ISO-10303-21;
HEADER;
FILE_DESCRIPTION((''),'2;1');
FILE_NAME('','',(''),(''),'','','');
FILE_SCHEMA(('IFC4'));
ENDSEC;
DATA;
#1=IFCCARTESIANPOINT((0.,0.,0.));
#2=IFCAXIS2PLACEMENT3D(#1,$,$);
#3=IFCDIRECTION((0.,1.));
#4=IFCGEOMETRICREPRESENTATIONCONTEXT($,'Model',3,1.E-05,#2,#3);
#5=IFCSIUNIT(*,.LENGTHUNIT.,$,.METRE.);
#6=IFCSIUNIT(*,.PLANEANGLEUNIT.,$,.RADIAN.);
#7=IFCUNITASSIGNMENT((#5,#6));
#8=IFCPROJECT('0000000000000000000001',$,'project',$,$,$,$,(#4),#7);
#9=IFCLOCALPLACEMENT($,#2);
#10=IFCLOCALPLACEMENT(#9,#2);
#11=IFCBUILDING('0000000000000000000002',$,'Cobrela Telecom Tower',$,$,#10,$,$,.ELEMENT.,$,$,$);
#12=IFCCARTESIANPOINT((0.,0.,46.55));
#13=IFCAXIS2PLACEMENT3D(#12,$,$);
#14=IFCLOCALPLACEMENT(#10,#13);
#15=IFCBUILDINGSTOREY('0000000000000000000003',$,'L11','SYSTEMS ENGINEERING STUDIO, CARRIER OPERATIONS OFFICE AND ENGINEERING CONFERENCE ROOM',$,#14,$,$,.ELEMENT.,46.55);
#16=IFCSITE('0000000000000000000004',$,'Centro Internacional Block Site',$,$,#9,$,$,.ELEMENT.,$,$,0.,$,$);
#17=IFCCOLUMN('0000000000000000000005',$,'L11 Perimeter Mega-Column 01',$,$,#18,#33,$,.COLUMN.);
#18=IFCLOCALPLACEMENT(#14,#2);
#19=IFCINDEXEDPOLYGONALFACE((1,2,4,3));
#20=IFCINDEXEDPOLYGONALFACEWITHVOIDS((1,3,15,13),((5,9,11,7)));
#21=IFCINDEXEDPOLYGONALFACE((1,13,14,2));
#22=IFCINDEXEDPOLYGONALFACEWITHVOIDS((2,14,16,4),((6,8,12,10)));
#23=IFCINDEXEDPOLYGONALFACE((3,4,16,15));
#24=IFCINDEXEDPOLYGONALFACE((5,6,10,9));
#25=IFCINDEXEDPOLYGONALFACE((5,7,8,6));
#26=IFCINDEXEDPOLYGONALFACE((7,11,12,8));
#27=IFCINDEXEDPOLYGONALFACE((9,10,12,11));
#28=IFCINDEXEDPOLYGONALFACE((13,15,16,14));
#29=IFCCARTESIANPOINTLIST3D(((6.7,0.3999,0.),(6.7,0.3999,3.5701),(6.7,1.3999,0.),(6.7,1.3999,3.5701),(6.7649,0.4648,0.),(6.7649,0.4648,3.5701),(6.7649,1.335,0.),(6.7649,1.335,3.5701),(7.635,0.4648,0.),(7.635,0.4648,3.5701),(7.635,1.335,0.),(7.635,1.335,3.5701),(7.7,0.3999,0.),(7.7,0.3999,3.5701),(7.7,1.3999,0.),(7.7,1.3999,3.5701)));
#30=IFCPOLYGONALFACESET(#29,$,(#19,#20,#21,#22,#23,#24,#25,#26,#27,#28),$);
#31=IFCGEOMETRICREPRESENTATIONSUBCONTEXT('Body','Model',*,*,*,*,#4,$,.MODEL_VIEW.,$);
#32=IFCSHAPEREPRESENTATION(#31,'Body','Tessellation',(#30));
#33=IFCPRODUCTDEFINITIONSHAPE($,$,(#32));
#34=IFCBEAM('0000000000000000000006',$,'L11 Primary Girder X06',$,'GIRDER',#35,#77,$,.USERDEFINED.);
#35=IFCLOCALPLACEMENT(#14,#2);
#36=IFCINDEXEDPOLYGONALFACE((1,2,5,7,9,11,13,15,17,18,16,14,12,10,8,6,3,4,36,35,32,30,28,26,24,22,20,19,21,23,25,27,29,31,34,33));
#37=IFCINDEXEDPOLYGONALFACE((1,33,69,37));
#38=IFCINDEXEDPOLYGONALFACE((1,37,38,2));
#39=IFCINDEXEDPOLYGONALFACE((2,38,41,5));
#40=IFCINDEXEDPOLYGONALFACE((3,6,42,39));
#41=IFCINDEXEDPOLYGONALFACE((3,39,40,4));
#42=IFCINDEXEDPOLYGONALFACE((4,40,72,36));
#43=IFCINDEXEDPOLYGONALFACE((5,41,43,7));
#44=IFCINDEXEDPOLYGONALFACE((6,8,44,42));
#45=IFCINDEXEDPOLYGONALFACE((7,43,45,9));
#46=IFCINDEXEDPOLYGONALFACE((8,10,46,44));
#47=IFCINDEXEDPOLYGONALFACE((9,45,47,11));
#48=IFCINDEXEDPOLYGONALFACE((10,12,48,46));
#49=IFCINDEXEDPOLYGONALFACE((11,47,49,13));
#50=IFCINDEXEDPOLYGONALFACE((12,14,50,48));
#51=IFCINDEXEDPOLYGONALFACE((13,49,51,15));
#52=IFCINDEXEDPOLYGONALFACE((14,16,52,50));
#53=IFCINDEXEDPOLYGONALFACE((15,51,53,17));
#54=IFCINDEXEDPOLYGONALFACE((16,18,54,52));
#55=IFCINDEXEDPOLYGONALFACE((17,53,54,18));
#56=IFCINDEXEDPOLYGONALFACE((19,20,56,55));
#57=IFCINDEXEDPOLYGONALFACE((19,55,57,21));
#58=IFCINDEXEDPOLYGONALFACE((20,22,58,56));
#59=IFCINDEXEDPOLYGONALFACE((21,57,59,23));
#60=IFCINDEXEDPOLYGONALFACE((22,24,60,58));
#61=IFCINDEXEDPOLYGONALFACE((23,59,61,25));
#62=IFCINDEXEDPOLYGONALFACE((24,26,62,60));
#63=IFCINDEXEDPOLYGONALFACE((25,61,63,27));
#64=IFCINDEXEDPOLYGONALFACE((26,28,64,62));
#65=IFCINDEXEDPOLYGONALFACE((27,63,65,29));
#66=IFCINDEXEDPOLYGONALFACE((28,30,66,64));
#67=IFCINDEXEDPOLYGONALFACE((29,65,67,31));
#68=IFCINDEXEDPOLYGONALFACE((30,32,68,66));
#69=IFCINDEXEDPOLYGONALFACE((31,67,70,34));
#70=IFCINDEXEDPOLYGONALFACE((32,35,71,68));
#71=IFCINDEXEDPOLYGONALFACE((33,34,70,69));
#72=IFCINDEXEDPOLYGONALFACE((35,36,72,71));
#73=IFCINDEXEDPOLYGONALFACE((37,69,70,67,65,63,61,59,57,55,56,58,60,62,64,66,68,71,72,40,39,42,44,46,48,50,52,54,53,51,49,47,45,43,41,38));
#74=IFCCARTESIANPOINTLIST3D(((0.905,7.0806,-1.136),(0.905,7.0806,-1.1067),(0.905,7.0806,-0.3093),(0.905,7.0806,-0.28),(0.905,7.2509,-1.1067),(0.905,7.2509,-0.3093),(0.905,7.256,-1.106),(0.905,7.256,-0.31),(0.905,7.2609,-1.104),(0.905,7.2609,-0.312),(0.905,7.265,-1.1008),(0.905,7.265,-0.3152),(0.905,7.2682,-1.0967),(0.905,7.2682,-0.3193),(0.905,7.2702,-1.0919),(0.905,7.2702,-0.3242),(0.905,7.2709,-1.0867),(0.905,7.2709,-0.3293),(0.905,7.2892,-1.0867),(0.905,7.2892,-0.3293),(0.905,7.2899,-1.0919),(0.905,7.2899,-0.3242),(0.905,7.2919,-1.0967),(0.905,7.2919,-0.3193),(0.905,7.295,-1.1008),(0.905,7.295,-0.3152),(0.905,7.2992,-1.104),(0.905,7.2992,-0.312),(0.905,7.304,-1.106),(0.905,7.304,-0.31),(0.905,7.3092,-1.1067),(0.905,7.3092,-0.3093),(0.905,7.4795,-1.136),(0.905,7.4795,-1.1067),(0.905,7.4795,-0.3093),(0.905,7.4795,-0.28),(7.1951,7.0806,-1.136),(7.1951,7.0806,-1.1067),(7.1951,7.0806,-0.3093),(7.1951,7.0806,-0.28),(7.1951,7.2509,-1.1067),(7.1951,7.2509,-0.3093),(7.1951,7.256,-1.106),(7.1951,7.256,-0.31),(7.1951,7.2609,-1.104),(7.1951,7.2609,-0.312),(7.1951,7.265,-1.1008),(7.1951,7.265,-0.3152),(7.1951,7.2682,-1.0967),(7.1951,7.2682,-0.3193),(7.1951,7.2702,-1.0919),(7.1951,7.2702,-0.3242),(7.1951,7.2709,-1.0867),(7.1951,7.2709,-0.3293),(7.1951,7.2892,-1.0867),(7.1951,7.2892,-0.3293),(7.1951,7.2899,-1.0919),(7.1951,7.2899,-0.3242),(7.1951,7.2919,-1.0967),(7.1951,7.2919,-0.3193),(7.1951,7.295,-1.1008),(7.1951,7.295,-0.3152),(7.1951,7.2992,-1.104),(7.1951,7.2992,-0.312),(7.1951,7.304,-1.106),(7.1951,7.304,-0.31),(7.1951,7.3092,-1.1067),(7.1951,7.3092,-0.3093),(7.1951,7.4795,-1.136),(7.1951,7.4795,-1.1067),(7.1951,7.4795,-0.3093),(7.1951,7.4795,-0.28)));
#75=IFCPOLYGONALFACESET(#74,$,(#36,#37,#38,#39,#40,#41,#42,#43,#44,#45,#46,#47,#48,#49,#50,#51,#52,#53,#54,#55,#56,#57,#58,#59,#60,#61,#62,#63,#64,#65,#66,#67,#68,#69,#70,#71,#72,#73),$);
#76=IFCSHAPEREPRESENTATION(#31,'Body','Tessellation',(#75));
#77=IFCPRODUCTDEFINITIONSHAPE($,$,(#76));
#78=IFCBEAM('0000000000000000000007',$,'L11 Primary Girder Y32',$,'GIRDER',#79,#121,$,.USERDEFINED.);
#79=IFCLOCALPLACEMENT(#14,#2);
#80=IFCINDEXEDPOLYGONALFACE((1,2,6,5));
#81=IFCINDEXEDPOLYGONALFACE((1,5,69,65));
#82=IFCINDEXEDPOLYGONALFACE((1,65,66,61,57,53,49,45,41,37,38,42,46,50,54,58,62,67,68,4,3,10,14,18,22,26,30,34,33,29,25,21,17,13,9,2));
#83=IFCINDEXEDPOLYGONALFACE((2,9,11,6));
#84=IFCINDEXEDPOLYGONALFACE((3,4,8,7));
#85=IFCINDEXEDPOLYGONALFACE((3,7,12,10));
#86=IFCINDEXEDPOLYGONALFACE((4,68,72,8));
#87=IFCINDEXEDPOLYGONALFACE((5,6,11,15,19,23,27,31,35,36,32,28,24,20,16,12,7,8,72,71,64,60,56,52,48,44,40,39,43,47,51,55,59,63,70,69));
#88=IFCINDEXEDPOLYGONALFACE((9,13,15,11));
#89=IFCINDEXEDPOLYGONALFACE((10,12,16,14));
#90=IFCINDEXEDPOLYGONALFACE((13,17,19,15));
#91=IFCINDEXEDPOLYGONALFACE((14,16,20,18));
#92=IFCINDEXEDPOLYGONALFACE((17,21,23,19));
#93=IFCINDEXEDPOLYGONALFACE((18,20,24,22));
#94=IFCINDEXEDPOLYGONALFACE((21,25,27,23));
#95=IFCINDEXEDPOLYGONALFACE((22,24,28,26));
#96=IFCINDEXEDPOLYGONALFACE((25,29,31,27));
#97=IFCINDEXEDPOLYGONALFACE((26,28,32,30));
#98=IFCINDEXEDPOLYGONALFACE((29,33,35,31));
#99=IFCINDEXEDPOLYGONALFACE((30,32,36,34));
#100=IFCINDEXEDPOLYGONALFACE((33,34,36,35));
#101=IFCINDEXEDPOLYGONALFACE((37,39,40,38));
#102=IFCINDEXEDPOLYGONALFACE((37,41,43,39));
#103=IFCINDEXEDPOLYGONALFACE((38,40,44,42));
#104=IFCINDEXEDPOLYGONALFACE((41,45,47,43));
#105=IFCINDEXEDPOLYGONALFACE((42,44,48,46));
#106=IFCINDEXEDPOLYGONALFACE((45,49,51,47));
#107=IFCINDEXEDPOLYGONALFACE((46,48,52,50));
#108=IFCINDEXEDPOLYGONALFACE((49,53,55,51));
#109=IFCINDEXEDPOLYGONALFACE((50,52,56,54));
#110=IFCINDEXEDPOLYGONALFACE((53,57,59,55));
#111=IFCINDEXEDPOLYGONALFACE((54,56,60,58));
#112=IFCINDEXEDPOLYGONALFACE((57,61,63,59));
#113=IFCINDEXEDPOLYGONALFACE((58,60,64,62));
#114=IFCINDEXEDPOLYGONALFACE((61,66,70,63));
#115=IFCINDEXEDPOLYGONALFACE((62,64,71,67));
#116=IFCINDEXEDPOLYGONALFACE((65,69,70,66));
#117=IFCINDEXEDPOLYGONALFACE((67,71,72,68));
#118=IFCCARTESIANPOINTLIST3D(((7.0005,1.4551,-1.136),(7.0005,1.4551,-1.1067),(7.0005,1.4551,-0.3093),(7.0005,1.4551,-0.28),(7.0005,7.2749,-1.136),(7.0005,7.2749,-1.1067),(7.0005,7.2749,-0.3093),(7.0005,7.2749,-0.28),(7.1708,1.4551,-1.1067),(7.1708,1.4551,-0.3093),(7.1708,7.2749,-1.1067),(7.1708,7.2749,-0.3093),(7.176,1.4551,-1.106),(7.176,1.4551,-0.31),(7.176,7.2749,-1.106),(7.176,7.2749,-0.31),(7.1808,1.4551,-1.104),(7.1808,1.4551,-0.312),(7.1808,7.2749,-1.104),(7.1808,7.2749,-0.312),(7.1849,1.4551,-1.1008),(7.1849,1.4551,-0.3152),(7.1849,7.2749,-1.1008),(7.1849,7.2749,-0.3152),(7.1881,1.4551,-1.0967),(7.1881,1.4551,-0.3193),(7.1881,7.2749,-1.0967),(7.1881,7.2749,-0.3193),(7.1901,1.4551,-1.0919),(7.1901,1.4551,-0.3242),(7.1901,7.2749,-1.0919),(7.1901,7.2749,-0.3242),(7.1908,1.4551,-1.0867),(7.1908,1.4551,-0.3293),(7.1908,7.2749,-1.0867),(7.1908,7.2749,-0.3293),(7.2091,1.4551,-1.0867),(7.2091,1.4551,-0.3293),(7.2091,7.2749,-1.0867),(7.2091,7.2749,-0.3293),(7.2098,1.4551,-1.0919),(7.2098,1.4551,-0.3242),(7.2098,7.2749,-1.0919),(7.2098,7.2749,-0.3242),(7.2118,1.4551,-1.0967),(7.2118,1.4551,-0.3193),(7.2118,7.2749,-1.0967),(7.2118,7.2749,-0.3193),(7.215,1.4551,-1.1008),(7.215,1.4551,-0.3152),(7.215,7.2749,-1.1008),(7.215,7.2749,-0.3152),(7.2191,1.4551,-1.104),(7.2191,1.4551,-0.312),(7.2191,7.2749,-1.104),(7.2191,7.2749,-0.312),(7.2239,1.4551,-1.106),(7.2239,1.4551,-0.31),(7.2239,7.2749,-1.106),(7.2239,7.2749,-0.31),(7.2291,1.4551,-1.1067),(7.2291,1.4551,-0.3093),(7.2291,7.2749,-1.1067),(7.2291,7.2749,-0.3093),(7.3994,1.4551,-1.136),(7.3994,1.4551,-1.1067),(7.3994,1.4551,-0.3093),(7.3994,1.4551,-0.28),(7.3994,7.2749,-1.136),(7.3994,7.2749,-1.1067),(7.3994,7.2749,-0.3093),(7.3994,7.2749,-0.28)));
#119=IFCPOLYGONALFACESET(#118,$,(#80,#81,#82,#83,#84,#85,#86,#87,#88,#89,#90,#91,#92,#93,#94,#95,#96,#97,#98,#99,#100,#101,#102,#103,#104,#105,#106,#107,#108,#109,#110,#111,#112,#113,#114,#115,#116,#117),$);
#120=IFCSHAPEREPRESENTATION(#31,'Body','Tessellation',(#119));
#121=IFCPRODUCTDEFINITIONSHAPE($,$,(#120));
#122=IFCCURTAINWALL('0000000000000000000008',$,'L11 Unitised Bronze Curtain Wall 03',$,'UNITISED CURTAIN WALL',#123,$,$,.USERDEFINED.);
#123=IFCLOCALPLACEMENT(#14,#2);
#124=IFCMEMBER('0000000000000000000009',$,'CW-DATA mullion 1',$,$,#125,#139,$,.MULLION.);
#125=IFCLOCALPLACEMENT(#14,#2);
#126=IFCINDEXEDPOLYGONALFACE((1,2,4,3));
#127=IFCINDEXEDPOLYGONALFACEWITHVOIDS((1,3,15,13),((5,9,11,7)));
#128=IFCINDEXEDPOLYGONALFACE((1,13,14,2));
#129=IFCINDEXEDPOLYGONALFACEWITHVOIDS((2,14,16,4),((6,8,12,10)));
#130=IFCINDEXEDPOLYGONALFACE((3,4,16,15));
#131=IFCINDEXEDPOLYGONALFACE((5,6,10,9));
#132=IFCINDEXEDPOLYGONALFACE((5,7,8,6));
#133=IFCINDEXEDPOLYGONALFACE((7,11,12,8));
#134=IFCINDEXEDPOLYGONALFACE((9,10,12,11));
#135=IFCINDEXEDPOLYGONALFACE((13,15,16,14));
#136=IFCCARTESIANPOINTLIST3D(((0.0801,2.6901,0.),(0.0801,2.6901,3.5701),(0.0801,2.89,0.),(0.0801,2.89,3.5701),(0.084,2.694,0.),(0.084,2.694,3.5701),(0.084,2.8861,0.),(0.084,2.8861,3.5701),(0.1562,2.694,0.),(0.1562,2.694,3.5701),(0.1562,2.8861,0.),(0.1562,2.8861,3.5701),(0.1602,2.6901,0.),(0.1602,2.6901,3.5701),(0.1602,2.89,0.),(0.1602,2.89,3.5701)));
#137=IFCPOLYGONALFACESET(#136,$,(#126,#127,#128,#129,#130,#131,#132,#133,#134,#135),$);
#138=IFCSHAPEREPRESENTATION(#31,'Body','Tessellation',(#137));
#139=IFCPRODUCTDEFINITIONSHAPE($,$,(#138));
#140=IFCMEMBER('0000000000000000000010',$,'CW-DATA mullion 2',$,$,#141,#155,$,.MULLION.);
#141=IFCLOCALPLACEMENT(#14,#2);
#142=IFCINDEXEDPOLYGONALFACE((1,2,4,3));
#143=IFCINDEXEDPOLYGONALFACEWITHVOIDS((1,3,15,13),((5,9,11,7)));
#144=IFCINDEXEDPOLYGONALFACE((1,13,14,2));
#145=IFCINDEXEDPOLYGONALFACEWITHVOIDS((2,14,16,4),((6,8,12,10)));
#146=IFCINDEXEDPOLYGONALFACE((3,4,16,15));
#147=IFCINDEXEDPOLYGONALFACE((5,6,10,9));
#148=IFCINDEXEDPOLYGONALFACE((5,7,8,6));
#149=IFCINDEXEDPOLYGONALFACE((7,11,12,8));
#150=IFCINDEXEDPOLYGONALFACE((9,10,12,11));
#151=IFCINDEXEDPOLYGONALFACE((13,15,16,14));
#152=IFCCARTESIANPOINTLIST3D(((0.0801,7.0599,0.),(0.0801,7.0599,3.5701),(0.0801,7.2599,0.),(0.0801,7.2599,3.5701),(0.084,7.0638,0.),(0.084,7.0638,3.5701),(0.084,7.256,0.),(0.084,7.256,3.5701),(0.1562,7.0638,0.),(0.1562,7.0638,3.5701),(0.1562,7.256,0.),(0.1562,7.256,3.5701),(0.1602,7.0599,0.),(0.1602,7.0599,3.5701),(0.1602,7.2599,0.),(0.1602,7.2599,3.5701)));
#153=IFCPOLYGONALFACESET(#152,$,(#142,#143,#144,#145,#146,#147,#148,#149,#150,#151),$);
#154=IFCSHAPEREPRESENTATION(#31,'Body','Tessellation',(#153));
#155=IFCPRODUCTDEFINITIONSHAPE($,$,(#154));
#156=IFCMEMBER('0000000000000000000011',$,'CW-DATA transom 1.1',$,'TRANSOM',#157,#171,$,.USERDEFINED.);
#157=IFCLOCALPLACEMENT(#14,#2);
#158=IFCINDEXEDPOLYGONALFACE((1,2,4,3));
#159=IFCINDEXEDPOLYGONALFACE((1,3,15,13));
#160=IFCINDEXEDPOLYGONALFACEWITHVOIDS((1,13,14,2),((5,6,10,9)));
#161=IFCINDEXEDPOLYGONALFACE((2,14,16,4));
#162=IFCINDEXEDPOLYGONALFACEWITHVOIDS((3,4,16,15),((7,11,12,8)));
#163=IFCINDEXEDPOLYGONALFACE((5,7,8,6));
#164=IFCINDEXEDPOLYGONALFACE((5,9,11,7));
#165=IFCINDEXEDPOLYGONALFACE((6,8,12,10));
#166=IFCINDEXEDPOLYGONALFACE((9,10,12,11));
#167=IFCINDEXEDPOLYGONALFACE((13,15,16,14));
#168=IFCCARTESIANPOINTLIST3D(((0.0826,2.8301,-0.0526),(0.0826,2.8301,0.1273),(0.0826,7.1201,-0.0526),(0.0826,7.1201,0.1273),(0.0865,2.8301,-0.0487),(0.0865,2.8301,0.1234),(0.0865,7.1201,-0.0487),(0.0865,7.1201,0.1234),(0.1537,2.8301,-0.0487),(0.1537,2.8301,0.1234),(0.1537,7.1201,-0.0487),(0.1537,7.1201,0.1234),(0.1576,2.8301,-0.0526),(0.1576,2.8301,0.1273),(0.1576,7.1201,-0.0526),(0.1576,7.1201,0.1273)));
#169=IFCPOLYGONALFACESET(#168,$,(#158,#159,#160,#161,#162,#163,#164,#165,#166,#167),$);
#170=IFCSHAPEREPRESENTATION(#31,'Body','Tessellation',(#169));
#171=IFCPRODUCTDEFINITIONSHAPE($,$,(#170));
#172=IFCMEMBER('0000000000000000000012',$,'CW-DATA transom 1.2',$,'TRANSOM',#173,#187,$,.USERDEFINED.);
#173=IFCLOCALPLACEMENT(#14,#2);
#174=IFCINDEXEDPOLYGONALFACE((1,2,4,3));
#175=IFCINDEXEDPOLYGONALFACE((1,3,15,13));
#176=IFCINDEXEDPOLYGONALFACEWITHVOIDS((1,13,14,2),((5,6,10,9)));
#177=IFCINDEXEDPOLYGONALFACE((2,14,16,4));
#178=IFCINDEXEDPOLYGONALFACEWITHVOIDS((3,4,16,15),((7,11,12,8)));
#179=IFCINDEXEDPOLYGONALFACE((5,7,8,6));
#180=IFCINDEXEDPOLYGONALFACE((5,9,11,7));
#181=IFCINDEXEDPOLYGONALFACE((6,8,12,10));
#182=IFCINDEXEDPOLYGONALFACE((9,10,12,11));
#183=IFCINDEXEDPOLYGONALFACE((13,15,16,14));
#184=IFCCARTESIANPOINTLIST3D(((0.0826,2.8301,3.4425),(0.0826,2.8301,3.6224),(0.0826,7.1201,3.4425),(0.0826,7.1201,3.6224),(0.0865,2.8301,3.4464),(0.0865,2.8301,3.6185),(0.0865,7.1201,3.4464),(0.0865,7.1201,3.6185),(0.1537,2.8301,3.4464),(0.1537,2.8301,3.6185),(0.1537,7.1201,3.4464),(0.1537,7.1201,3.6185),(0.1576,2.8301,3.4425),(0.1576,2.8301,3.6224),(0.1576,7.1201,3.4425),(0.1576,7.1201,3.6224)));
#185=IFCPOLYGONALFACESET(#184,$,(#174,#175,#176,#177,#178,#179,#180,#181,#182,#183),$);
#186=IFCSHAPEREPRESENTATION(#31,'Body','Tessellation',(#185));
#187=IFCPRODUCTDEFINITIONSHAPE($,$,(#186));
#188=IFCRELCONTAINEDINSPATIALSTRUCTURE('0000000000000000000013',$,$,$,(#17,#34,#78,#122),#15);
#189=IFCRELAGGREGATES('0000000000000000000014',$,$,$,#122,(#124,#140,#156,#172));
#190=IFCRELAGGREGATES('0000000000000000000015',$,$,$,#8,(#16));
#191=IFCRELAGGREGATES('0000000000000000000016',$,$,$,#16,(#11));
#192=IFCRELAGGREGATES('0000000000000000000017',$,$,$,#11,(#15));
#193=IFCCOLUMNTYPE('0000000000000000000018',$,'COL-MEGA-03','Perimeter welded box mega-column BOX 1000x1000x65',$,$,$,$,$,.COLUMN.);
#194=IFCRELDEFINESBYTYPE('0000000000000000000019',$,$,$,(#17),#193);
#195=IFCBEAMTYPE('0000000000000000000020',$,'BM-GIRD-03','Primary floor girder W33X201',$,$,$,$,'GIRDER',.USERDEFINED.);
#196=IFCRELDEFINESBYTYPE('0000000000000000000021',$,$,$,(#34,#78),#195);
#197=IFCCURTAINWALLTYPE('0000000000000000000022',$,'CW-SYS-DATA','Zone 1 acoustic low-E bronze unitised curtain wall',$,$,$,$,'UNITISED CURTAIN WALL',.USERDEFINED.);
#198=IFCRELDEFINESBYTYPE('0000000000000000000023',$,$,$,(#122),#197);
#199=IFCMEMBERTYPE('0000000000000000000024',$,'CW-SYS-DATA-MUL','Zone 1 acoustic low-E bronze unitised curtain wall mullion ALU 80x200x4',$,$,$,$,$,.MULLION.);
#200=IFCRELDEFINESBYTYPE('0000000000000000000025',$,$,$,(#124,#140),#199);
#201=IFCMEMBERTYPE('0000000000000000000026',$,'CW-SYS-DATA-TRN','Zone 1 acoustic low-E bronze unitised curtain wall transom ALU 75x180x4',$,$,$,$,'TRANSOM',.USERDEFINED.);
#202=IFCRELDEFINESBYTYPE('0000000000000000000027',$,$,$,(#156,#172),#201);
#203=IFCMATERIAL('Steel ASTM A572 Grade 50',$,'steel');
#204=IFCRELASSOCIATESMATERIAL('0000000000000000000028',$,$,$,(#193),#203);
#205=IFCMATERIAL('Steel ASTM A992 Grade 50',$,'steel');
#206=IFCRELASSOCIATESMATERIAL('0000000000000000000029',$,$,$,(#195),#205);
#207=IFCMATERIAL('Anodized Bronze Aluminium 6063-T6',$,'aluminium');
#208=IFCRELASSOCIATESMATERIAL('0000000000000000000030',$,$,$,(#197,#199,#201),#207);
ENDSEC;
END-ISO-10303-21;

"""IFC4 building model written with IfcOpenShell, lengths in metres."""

from ifc_helpers import new_model, si_unit, direction, frame, origin, origin_2d, place, context, subcontext, project, spatial, hollow_rectangle, i_section, extrude, material, material_profile, profile_set, type_object, element, aggregate, save


model = new_model("IFC4")

# Units and contexts
model_context = context("Model", 3, precision=1e-05, world=origin(), true_north=direction((0.0, 1.0)))
body_context = subcontext(model_context, "Body", "Model", "MODEL_VIEW")
ifc_project = project(units=[si_unit("LENGTHUNIT", "METRE"), si_unit("PLANEANGLEUNIT", "RADIAN")], contexts=[model_context])

# Site, building, storey
site_placement = place(None, origin())
site = spatial("IfcSite", under=ifc_project, at=site_placement, Name="Centro Internacional Block Site", CompositionType="ELEMENT", RefElevation=0.0)
building_placement = place(site_placement, origin())
building = spatial("IfcBuilding", under=site, at=building_placement, Name="Cobrela Telecom Tower", CompositionType="ELEMENT")
storey_placement = place(building_placement, frame((0.0, 0.0, 46.55)))
storey = spatial("IfcBuildingStorey", under=building, at=storey_placement, Name="L11", Description="SYSTEMS ENGINEERING STUDIO, CARRIER OPERATIONS OFFICE AND ENGINEERING CONFERENCE ROOM", CompositionType="ELEMENT", Elevation=46.55)

# Column
ifc_material_1 = material(Name="Steel ASTM A572 Grade 50", Category="steel")
ifc_material_profile_1 = material_profile(ifc_material_1, hollow_rectangle(XDim=1.0, YDim=1.0, WallThickness=0.0649, at=origin_2d()), Name="BOX 1000x1000x65")
ifc_profile_set_1 = profile_set([ifc_material_profile_1], Name="Steel ASTM A572 Grade 50")
column_type = type_object("IfcColumnType", Name="COL-MEGA-03", Description="Perimeter welded box mega-column BOX 1000x1000x65", PredefinedType="COLUMN", material=ifc_profile_set_1)
column_placement = place(storey_placement, frame((7.2, 0.8999, 0.0), z_axis=(0.0, 0.0, 1.0), x_axis=(1.0, 0.0, 0.0)))
element("IfcColumn", 1, at=column_placement, inside=storey, type_object=column_type, Name="L11 Perimeter Mega-Column 01", PredefinedType="COLUMN", context=body_context, shape_type="SweptSolid", body=[
    extrude(hollow_rectangle(XDim=1.0, YDim=1.0, WallThickness=0.0649, at=origin_2d()), origin(), (0.0, 0.0, 1.0), 3.5701),
])

# Beams
ifc_material_2 = material(Name="Steel ASTM A992 Grade 50", Category="steel")
ifc_material_profile_2 = material_profile(ifc_material_2, i_section(OverallWidth=0.3989, OverallDepth=0.856, WebThickness=0.0183, FlangeThickness=0.0293, FilletRadius=0.02, at=origin_2d()), Name="W33X201")
ifc_profile_set_2 = profile_set([ifc_material_profile_2], Name="Steel ASTM A992 Grade 50")
beam_type = type_object("IfcBeamType", Name="BM-GIRD-03", Description="Primary floor girder W33X201", ElementType="GIRDER", PredefinedType="USERDEFINED", material=ifc_profile_set_2)
beam_1_placement = place(storey_placement, frame((0.905, 7.28, -0.708), z_axis=(1.0, 0.0, 0.0), x_axis=(0.0, 1.0, 0.0)))
element("IfcBeam", 2, at=beam_1_placement, inside=storey, type_object=beam_type, Name="L11 Primary Girder X06", ObjectType="GIRDER", PredefinedType="USERDEFINED", context=body_context, shape_type="SweptSolid", body=[
    extrude(i_section(OverallWidth=0.3989, OverallDepth=0.856, WebThickness=0.0183, FlangeThickness=0.0293, FilletRadius=0.02, at=origin_2d()), origin(), (0.0, 0.0, 1.0), 6.29),
])
beam_2_placement = place(storey_placement, frame((7.2, 1.4551, -0.708), z_axis=(0.0, 1.0, 0.0), x_axis=(-1.0, 0.0, 0.0)))
element("IfcBeam", 3, at=beam_2_placement, inside=storey, type_object=beam_type, Name="L11 Primary Girder Y32", ObjectType="GIRDER", PredefinedType="USERDEFINED", context=body_context, shape_type="SweptSolid", body=[
    extrude(i_section(OverallWidth=0.3989, OverallDepth=0.856, WebThickness=0.0183, FlangeThickness=0.0293, FilletRadius=0.02, at=origin_2d()), origin(), (0.0, 0.0, 1.0), 5.8198),
])

# Curtain wall, members
ifc_material_3 = material(Name="Anodized Bronze Aluminium 6063-T6", Category="aluminium")
curtain_wall_type = type_object("IfcCurtainWallType", Name="CW-SYS-DATA", Description="Zone 1 acoustic low-E bronze unitised curtain wall", ElementType="UNITISED CURTAIN WALL", PredefinedType="USERDEFINED", material=ifc_material_3)
curtain_wall_1_placement = place(storey_placement, origin())
curtain_wall_1 = element("IfcCurtainWall", 4, at=curtain_wall_1_placement, inside=storey, type_object=curtain_wall_type, Name="L11 Unitised Bronze Curtain Wall 03", ObjectType="UNITISED CURTAIN WALL", PredefinedType="USERDEFINED")
ifc_material_profile_3 = material_profile(ifc_material_3, hollow_rectangle(XDim=0.0801, YDim=0.2, WallThickness=0.0039, at=origin_2d()), Name="ALU 80x200x4")
ifc_profile_set_3 = profile_set([ifc_material_profile_3], Name="Anodized Bronze Aluminium 6063-T6")
member_type_1 = type_object("IfcMemberType", Name="CW-SYS-DATA-MUL", Description="Zone 1 acoustic low-E bronze unitised curtain wall mullion ALU 80x200x4", PredefinedType="MULLION", material=ifc_profile_set_3)
member_1_placement = place(storey_placement, frame((0.1201, 2.79, 0.0), z_axis=(0.0, 0.0, 1.0), x_axis=(-1.0, 0.0, 0.0)))
member_1 = element("IfcMember", 5, at=member_1_placement, type_object=member_type_1, Name="CW-DATA mullion 1", PredefinedType="MULLION", context=body_context, shape_type="SweptSolid", body=[
    extrude(hollow_rectangle(XDim=0.0801, YDim=0.2, WallThickness=0.0039, at=origin_2d()), origin(), (0.0, 0.0, 1.0), 3.5701),
])
member_2_placement = place(storey_placement, frame((0.1201, 7.1599, 0.0), z_axis=(0.0, 0.0, 1.0), x_axis=(-1.0, 0.0, 0.0)))
member_2 = element("IfcMember", 6, at=member_2_placement, type_object=member_type_1, Name="CW-DATA mullion 2", PredefinedType="MULLION", context=body_context, shape_type="SweptSolid", body=[
    extrude(hollow_rectangle(XDim=0.0801, YDim=0.2, WallThickness=0.0039, at=origin_2d()), origin(), (0.0, 0.0, 1.0), 3.5701),
])
ifc_material_profile_4 = material_profile(ifc_material_3, hollow_rectangle(XDim=0.075, YDim=0.1799, WallThickness=0.0039, at=origin_2d()), Name="ALU 75x180x4")
ifc_profile_set_4 = profile_set([ifc_material_profile_4], Name="Anodized Bronze Aluminium 6063-T6")
member_type_2 = type_object("IfcMemberType", Name="CW-SYS-DATA-TRN", Description="Zone 1 acoustic low-E bronze unitised curtain wall transom ALU 75x180x4", ElementType="TRANSOM", PredefinedType="USERDEFINED", material=ifc_profile_set_4)
member_3_placement = place(storey_placement, frame((0.1201, 2.8301, 0.0374), z_axis=(0.0, 1.0, 0.0), x_axis=(-1.0, 0.0, 0.0)))
member_3 = element("IfcMember", 7, at=member_3_placement, type_object=member_type_2, Name="CW-DATA transom 1.1", ObjectType="TRANSOM", PredefinedType="USERDEFINED", context=body_context, shape_type="SweptSolid", body=[
    extrude(hollow_rectangle(XDim=0.075, YDim=0.1799, WallThickness=0.0039, at=origin_2d()), origin(), (0.0, 0.0, 1.0), 4.29),
])
member_4_placement = place(storey_placement, frame((0.1201, 2.8301, 3.5325), z_axis=(0.0, 1.0, 0.0), x_axis=(-1.0, 0.0, 0.0)))
member_4 = element("IfcMember", 8, at=member_4_placement, type_object=member_type_2, Name="CW-DATA transom 1.2", ObjectType="TRANSOM", PredefinedType="USERDEFINED", context=body_context, shape_type="SweptSolid", body=[
    extrude(hollow_rectangle(XDim=0.075, YDim=0.1799, WallThickness=0.0039, at=origin_2d()), origin(), (0.0, 0.0, 1.0), 4.29),
])
aggregate(curtain_wall_1, [member_1, member_2, member_3, member_4])

save(model, "model.ifc")
